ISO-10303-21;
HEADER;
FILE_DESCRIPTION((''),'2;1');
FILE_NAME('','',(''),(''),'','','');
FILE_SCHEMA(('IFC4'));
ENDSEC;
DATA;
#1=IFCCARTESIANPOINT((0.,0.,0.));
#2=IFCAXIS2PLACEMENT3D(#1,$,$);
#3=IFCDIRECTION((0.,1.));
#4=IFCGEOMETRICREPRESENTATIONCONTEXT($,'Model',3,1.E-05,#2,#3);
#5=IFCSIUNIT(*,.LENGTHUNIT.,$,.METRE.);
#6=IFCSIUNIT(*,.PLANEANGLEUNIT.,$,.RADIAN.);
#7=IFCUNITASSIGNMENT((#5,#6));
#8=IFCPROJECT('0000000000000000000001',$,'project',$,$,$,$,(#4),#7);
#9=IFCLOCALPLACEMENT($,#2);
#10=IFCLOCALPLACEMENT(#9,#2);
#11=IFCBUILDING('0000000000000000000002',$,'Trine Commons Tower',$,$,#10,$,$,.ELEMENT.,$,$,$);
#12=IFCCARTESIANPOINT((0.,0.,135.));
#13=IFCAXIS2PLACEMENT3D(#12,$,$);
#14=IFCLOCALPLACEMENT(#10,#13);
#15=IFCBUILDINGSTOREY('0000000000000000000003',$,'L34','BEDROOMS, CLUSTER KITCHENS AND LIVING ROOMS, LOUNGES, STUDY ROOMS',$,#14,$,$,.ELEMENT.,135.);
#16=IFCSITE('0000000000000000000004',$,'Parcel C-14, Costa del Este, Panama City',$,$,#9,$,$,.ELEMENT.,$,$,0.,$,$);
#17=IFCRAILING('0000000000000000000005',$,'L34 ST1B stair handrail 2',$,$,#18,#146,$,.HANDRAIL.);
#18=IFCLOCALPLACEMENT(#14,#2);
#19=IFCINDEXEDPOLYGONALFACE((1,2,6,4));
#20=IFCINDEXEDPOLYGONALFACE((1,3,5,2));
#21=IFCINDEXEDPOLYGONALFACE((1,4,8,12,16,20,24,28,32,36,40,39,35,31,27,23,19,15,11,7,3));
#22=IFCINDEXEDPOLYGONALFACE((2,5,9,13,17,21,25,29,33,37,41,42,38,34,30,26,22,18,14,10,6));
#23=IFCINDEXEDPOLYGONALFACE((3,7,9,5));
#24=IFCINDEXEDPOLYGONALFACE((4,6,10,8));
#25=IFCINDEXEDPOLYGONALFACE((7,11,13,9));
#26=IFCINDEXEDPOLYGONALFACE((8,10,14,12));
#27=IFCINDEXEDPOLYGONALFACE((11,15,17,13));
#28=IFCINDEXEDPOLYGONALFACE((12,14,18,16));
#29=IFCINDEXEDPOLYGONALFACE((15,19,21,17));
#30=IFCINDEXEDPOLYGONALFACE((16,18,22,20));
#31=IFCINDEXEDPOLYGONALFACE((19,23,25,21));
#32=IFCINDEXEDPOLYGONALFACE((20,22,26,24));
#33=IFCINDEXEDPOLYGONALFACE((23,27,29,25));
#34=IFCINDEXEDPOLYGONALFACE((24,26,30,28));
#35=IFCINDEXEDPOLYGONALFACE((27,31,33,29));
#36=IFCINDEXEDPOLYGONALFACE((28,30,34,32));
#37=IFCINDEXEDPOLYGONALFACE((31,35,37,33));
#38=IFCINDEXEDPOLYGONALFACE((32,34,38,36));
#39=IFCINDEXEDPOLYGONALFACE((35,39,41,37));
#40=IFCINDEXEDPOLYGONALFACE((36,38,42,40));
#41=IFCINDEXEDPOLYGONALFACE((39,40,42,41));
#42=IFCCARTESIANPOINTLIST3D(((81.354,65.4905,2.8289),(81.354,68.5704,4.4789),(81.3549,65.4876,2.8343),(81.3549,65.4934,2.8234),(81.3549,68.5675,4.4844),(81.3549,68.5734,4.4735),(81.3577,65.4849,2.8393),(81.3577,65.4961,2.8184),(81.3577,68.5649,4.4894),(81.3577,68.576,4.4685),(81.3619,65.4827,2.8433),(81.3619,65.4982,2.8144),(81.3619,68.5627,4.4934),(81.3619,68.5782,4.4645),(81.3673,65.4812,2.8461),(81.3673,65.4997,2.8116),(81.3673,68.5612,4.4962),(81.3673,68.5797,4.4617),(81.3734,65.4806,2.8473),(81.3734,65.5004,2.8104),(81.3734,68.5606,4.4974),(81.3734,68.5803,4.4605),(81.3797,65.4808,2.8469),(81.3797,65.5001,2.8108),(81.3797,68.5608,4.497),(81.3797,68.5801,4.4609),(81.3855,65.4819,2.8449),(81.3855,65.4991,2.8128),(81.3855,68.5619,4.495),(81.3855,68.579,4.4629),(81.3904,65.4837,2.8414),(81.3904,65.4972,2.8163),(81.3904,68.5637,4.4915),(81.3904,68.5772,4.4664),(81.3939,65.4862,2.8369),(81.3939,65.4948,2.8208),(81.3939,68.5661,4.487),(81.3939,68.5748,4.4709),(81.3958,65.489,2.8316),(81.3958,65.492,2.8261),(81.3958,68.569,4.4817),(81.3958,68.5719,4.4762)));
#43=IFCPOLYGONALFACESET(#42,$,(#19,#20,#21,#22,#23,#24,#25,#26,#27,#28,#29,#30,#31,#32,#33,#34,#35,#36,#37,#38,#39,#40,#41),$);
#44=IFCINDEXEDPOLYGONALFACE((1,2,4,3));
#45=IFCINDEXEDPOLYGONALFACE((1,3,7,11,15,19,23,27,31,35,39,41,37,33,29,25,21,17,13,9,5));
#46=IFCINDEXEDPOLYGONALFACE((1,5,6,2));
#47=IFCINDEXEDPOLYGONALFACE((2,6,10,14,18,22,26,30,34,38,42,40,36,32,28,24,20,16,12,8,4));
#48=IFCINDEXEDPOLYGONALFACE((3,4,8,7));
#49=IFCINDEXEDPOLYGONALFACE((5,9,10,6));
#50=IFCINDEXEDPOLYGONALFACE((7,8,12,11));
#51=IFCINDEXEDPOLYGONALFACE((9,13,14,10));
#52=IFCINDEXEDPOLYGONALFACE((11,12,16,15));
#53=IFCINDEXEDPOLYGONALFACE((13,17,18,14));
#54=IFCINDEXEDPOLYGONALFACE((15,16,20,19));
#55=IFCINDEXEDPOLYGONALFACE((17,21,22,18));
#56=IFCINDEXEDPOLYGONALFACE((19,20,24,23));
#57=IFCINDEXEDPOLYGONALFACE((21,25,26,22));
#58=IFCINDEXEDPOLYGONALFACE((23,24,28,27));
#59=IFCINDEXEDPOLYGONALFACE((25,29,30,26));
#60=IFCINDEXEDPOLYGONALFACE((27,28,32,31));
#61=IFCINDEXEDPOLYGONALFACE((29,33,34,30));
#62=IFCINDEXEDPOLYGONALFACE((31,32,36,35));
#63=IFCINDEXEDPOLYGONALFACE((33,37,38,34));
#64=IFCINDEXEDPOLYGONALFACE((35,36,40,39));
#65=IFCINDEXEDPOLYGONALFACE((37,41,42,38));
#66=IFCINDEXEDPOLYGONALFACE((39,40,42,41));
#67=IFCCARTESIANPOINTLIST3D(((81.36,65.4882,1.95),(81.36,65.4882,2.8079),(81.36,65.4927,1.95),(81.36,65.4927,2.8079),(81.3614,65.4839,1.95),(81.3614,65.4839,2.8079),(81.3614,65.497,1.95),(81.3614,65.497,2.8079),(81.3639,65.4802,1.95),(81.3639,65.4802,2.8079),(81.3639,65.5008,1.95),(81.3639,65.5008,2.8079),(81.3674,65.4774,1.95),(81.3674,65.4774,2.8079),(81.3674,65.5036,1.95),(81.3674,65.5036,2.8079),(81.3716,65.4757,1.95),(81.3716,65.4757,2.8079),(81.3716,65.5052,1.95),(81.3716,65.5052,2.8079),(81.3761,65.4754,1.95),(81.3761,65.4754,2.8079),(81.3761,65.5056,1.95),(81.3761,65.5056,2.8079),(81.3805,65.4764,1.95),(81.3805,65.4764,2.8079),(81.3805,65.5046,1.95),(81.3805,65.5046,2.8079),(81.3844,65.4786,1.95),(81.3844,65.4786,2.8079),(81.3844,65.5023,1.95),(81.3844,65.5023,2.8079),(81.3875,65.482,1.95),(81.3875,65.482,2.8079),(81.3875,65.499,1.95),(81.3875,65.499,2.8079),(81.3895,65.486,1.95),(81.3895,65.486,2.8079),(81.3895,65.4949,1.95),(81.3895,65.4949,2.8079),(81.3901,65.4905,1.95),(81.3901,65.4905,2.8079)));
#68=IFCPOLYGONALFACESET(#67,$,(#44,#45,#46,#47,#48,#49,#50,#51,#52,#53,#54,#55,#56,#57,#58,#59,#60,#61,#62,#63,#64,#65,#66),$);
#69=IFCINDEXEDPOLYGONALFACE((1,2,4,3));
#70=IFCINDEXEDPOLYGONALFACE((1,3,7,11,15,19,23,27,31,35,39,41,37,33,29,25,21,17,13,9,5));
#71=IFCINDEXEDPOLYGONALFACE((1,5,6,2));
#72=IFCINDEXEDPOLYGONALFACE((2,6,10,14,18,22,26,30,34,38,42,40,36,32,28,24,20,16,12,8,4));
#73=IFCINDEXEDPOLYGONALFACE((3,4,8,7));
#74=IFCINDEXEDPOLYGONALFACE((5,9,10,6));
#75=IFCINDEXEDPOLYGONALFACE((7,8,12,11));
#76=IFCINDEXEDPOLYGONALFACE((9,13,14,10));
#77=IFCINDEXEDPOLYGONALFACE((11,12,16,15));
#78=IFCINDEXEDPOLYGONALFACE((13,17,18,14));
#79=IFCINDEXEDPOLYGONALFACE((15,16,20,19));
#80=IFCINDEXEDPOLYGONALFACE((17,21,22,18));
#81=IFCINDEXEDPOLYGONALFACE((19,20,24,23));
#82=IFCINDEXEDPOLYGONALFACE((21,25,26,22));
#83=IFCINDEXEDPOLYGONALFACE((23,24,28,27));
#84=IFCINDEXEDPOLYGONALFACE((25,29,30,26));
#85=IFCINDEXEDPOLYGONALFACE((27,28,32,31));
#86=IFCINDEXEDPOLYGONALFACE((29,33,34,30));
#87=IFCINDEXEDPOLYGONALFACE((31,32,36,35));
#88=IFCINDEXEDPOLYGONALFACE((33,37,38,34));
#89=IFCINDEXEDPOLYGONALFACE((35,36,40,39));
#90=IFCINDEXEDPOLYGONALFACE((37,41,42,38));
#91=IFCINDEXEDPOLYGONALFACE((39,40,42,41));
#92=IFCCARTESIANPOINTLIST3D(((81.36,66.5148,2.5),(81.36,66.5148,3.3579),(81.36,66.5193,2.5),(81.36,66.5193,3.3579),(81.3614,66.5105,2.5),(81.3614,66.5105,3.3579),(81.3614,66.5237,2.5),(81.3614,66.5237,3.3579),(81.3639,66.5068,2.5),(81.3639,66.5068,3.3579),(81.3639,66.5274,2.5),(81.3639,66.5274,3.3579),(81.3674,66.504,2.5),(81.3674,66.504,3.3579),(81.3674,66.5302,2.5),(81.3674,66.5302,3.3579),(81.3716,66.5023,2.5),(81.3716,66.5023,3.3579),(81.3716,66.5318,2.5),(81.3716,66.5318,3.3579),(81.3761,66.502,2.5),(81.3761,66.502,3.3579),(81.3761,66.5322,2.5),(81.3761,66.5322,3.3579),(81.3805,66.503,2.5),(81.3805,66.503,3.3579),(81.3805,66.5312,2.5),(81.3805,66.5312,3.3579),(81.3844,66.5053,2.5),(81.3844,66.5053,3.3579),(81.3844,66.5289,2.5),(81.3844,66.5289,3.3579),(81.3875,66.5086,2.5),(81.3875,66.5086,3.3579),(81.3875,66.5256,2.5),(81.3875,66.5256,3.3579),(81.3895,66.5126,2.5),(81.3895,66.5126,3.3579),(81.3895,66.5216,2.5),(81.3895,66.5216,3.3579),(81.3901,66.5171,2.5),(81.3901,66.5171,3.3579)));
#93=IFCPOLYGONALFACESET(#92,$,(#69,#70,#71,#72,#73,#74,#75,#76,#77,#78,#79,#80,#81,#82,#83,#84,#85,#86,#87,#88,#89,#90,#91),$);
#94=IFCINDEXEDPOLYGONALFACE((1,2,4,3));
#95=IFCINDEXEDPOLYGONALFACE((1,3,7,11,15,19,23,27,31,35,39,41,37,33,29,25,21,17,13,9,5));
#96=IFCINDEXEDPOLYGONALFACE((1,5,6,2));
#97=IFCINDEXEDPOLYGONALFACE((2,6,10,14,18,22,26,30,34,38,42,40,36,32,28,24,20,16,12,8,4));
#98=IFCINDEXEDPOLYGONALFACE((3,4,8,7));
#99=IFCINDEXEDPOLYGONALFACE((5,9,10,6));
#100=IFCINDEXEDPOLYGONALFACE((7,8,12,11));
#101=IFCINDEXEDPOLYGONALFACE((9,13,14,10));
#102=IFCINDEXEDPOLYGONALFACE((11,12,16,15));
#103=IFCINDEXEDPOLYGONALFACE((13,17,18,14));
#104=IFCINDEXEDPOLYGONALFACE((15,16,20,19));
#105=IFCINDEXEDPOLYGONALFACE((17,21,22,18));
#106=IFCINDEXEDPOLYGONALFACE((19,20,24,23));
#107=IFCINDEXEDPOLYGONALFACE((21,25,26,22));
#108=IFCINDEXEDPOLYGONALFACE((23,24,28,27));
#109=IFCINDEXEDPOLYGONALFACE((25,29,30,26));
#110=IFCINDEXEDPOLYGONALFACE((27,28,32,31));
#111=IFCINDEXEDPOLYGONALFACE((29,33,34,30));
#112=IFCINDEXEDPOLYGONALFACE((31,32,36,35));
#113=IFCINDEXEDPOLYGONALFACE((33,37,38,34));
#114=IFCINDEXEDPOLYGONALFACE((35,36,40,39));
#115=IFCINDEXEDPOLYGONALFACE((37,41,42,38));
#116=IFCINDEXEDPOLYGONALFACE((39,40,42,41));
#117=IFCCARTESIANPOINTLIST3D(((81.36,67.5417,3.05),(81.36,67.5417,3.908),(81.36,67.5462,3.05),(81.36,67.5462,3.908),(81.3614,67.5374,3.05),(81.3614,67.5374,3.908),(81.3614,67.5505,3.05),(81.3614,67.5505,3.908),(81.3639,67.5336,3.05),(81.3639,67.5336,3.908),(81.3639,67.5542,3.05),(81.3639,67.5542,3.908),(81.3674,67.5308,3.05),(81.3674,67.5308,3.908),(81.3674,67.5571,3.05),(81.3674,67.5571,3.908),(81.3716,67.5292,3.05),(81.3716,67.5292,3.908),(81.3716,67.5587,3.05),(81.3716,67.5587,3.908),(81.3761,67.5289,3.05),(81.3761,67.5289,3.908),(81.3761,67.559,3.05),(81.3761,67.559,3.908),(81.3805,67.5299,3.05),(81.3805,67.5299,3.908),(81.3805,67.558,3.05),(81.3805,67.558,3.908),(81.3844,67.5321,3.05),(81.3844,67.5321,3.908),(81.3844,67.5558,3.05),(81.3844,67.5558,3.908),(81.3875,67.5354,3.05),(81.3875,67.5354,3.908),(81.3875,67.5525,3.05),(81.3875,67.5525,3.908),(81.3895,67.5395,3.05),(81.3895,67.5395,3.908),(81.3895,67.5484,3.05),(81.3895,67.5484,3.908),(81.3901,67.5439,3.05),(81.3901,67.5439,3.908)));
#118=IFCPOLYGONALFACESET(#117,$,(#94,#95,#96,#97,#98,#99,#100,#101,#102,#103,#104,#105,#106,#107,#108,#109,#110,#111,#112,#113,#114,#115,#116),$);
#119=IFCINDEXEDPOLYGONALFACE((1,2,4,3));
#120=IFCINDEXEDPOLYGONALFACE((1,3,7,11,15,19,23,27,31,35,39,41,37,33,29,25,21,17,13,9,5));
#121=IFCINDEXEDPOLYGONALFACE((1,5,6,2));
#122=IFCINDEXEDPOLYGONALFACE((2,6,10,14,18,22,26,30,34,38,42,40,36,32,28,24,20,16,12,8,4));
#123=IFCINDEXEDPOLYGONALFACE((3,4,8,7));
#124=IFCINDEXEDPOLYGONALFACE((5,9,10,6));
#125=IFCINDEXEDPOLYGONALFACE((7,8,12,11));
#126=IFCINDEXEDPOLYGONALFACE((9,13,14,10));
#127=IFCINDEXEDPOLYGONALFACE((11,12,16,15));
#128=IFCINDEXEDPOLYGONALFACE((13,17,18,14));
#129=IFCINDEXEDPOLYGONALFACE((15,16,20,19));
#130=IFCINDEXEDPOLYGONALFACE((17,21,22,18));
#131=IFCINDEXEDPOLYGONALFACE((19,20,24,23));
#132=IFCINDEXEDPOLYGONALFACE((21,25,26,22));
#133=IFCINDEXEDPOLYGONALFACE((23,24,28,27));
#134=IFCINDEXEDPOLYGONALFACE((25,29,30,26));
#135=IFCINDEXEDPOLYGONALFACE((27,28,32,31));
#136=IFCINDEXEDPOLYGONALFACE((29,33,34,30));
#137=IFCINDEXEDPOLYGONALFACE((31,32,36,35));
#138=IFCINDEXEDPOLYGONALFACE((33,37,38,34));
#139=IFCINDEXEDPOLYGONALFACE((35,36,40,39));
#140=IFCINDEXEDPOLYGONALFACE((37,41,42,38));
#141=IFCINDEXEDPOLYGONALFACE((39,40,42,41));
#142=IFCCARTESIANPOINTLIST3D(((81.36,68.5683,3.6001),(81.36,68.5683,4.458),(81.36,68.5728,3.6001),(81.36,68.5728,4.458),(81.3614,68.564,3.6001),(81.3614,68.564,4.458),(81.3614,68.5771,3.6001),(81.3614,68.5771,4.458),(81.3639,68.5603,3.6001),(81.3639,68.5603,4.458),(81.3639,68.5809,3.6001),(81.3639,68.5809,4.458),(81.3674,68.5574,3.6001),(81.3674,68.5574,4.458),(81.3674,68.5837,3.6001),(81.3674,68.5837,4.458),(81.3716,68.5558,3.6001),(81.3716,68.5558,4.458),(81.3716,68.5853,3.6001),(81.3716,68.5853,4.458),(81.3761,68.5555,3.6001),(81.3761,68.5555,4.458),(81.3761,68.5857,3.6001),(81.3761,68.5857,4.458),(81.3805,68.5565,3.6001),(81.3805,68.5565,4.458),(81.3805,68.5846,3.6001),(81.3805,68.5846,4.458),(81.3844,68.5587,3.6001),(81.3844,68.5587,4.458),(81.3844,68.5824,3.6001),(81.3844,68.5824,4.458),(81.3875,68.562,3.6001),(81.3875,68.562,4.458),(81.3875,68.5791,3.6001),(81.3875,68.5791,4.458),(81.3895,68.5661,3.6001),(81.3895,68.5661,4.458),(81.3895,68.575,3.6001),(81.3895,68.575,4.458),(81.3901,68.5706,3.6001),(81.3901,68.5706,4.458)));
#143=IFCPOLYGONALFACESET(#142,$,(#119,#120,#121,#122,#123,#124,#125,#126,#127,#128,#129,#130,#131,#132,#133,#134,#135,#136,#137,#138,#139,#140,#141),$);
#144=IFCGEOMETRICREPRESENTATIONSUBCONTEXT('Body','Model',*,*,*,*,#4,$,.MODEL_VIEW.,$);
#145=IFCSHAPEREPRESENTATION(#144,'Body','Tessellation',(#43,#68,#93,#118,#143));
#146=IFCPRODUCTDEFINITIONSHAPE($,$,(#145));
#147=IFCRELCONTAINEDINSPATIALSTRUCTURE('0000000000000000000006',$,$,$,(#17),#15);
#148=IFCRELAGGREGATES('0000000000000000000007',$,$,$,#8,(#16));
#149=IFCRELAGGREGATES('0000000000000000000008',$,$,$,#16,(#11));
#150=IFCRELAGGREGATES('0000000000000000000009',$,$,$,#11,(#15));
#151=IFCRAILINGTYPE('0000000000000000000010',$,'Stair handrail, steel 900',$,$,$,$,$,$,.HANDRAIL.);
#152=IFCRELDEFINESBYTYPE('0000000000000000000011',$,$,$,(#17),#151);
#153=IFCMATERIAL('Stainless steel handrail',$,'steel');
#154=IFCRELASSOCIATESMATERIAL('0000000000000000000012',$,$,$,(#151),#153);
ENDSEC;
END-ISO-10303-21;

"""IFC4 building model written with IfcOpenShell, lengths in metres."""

from ifc_helpers import new_model, si_unit, direction, frame, origin, origin_2d, place, context, subcontext, project, spatial, circle, extrude, material, type_object, element, save


model = new_model("IFC4")

# Units and contexts
model_context = context("Model", 3, precision=1e-05, world=origin(), true_north=direction((0.0, 1.0)))
body_context = subcontext(model_context, "Body", "Model", "MODEL_VIEW")
ifc_project = project(units=[si_unit("LENGTHUNIT", "METRE"), si_unit("PLANEANGLEUNIT", "RADIAN")], contexts=[model_context])

# Site, building, storey
site_placement = place(None, origin())
site = spatial("IfcSite", under=ifc_project, at=site_placement, Name="Parcel C-14, Costa del Este, Panama City", CompositionType="ELEMENT", RefElevation=0.0)
building_placement = place(site_placement, origin())
building = spatial("IfcBuilding", under=site, at=building_placement, Name="Trine Commons Tower", CompositionType="ELEMENT")
storey_placement = place(building_placement, frame((0.0, 0.0, 135.0)))
storey = spatial("IfcBuildingStorey", under=building, at=storey_placement, Name="L34", Description="BEDROOMS, CLUSTER KITCHENS AND LIVING ROOMS, LOUNGES, STUDY ROOMS", CompositionType="ELEMENT", Elevation=135.0)

# Railing
ifc_material_1 = material(Name="Stainless steel handrail", Category="steel")
railing_type_1 = type_object("IfcRailingType", Name="Stair handrail, steel 900", PredefinedType="HANDRAIL", material=ifc_material_1)
railing_1_placement = place(storey_placement, frame((81.375, 65.4905, 1.95)))
element("IfcRailing", 1, at=railing_1_placement, inside=storey, type_object=railing_type_1, Name="L34 ST1B stair handrail 2", PredefinedType="HANDRAIL", context=body_context, shape_type="SweptSolid", body=[
    extrude(circle(Radius=0.021, at=origin_2d()), frame((0.0, 0.0, 0.8789), z_axis=(0.0, 0.881468, 0.472245), x_axis=(-1.0, 0.0, 0.0)), (0.0, 0.0, 1.0), 3.4941),
    extrude(circle(Radius=0.0151, at=origin_2d()), origin(), (0.0, 0.0, 1.0), 0.8579),
    extrude(circle(Radius=0.0151, at=origin_2d()), frame((0.0, 1.0266, 0.55)), (0.0, 0.0, 1.0), 0.8579),
    extrude(circle(Radius=0.0151, at=origin_2d()), frame((0.0, 2.0535, 1.1001)), (0.0, 0.0, 1.0), 0.8579),
    extrude(circle(Radius=0.0151, at=origin_2d()), frame((0.0, 3.0801, 1.6501)), (0.0, 0.0, 1.0), 0.8579),
])

save(model, "model.ifc")
